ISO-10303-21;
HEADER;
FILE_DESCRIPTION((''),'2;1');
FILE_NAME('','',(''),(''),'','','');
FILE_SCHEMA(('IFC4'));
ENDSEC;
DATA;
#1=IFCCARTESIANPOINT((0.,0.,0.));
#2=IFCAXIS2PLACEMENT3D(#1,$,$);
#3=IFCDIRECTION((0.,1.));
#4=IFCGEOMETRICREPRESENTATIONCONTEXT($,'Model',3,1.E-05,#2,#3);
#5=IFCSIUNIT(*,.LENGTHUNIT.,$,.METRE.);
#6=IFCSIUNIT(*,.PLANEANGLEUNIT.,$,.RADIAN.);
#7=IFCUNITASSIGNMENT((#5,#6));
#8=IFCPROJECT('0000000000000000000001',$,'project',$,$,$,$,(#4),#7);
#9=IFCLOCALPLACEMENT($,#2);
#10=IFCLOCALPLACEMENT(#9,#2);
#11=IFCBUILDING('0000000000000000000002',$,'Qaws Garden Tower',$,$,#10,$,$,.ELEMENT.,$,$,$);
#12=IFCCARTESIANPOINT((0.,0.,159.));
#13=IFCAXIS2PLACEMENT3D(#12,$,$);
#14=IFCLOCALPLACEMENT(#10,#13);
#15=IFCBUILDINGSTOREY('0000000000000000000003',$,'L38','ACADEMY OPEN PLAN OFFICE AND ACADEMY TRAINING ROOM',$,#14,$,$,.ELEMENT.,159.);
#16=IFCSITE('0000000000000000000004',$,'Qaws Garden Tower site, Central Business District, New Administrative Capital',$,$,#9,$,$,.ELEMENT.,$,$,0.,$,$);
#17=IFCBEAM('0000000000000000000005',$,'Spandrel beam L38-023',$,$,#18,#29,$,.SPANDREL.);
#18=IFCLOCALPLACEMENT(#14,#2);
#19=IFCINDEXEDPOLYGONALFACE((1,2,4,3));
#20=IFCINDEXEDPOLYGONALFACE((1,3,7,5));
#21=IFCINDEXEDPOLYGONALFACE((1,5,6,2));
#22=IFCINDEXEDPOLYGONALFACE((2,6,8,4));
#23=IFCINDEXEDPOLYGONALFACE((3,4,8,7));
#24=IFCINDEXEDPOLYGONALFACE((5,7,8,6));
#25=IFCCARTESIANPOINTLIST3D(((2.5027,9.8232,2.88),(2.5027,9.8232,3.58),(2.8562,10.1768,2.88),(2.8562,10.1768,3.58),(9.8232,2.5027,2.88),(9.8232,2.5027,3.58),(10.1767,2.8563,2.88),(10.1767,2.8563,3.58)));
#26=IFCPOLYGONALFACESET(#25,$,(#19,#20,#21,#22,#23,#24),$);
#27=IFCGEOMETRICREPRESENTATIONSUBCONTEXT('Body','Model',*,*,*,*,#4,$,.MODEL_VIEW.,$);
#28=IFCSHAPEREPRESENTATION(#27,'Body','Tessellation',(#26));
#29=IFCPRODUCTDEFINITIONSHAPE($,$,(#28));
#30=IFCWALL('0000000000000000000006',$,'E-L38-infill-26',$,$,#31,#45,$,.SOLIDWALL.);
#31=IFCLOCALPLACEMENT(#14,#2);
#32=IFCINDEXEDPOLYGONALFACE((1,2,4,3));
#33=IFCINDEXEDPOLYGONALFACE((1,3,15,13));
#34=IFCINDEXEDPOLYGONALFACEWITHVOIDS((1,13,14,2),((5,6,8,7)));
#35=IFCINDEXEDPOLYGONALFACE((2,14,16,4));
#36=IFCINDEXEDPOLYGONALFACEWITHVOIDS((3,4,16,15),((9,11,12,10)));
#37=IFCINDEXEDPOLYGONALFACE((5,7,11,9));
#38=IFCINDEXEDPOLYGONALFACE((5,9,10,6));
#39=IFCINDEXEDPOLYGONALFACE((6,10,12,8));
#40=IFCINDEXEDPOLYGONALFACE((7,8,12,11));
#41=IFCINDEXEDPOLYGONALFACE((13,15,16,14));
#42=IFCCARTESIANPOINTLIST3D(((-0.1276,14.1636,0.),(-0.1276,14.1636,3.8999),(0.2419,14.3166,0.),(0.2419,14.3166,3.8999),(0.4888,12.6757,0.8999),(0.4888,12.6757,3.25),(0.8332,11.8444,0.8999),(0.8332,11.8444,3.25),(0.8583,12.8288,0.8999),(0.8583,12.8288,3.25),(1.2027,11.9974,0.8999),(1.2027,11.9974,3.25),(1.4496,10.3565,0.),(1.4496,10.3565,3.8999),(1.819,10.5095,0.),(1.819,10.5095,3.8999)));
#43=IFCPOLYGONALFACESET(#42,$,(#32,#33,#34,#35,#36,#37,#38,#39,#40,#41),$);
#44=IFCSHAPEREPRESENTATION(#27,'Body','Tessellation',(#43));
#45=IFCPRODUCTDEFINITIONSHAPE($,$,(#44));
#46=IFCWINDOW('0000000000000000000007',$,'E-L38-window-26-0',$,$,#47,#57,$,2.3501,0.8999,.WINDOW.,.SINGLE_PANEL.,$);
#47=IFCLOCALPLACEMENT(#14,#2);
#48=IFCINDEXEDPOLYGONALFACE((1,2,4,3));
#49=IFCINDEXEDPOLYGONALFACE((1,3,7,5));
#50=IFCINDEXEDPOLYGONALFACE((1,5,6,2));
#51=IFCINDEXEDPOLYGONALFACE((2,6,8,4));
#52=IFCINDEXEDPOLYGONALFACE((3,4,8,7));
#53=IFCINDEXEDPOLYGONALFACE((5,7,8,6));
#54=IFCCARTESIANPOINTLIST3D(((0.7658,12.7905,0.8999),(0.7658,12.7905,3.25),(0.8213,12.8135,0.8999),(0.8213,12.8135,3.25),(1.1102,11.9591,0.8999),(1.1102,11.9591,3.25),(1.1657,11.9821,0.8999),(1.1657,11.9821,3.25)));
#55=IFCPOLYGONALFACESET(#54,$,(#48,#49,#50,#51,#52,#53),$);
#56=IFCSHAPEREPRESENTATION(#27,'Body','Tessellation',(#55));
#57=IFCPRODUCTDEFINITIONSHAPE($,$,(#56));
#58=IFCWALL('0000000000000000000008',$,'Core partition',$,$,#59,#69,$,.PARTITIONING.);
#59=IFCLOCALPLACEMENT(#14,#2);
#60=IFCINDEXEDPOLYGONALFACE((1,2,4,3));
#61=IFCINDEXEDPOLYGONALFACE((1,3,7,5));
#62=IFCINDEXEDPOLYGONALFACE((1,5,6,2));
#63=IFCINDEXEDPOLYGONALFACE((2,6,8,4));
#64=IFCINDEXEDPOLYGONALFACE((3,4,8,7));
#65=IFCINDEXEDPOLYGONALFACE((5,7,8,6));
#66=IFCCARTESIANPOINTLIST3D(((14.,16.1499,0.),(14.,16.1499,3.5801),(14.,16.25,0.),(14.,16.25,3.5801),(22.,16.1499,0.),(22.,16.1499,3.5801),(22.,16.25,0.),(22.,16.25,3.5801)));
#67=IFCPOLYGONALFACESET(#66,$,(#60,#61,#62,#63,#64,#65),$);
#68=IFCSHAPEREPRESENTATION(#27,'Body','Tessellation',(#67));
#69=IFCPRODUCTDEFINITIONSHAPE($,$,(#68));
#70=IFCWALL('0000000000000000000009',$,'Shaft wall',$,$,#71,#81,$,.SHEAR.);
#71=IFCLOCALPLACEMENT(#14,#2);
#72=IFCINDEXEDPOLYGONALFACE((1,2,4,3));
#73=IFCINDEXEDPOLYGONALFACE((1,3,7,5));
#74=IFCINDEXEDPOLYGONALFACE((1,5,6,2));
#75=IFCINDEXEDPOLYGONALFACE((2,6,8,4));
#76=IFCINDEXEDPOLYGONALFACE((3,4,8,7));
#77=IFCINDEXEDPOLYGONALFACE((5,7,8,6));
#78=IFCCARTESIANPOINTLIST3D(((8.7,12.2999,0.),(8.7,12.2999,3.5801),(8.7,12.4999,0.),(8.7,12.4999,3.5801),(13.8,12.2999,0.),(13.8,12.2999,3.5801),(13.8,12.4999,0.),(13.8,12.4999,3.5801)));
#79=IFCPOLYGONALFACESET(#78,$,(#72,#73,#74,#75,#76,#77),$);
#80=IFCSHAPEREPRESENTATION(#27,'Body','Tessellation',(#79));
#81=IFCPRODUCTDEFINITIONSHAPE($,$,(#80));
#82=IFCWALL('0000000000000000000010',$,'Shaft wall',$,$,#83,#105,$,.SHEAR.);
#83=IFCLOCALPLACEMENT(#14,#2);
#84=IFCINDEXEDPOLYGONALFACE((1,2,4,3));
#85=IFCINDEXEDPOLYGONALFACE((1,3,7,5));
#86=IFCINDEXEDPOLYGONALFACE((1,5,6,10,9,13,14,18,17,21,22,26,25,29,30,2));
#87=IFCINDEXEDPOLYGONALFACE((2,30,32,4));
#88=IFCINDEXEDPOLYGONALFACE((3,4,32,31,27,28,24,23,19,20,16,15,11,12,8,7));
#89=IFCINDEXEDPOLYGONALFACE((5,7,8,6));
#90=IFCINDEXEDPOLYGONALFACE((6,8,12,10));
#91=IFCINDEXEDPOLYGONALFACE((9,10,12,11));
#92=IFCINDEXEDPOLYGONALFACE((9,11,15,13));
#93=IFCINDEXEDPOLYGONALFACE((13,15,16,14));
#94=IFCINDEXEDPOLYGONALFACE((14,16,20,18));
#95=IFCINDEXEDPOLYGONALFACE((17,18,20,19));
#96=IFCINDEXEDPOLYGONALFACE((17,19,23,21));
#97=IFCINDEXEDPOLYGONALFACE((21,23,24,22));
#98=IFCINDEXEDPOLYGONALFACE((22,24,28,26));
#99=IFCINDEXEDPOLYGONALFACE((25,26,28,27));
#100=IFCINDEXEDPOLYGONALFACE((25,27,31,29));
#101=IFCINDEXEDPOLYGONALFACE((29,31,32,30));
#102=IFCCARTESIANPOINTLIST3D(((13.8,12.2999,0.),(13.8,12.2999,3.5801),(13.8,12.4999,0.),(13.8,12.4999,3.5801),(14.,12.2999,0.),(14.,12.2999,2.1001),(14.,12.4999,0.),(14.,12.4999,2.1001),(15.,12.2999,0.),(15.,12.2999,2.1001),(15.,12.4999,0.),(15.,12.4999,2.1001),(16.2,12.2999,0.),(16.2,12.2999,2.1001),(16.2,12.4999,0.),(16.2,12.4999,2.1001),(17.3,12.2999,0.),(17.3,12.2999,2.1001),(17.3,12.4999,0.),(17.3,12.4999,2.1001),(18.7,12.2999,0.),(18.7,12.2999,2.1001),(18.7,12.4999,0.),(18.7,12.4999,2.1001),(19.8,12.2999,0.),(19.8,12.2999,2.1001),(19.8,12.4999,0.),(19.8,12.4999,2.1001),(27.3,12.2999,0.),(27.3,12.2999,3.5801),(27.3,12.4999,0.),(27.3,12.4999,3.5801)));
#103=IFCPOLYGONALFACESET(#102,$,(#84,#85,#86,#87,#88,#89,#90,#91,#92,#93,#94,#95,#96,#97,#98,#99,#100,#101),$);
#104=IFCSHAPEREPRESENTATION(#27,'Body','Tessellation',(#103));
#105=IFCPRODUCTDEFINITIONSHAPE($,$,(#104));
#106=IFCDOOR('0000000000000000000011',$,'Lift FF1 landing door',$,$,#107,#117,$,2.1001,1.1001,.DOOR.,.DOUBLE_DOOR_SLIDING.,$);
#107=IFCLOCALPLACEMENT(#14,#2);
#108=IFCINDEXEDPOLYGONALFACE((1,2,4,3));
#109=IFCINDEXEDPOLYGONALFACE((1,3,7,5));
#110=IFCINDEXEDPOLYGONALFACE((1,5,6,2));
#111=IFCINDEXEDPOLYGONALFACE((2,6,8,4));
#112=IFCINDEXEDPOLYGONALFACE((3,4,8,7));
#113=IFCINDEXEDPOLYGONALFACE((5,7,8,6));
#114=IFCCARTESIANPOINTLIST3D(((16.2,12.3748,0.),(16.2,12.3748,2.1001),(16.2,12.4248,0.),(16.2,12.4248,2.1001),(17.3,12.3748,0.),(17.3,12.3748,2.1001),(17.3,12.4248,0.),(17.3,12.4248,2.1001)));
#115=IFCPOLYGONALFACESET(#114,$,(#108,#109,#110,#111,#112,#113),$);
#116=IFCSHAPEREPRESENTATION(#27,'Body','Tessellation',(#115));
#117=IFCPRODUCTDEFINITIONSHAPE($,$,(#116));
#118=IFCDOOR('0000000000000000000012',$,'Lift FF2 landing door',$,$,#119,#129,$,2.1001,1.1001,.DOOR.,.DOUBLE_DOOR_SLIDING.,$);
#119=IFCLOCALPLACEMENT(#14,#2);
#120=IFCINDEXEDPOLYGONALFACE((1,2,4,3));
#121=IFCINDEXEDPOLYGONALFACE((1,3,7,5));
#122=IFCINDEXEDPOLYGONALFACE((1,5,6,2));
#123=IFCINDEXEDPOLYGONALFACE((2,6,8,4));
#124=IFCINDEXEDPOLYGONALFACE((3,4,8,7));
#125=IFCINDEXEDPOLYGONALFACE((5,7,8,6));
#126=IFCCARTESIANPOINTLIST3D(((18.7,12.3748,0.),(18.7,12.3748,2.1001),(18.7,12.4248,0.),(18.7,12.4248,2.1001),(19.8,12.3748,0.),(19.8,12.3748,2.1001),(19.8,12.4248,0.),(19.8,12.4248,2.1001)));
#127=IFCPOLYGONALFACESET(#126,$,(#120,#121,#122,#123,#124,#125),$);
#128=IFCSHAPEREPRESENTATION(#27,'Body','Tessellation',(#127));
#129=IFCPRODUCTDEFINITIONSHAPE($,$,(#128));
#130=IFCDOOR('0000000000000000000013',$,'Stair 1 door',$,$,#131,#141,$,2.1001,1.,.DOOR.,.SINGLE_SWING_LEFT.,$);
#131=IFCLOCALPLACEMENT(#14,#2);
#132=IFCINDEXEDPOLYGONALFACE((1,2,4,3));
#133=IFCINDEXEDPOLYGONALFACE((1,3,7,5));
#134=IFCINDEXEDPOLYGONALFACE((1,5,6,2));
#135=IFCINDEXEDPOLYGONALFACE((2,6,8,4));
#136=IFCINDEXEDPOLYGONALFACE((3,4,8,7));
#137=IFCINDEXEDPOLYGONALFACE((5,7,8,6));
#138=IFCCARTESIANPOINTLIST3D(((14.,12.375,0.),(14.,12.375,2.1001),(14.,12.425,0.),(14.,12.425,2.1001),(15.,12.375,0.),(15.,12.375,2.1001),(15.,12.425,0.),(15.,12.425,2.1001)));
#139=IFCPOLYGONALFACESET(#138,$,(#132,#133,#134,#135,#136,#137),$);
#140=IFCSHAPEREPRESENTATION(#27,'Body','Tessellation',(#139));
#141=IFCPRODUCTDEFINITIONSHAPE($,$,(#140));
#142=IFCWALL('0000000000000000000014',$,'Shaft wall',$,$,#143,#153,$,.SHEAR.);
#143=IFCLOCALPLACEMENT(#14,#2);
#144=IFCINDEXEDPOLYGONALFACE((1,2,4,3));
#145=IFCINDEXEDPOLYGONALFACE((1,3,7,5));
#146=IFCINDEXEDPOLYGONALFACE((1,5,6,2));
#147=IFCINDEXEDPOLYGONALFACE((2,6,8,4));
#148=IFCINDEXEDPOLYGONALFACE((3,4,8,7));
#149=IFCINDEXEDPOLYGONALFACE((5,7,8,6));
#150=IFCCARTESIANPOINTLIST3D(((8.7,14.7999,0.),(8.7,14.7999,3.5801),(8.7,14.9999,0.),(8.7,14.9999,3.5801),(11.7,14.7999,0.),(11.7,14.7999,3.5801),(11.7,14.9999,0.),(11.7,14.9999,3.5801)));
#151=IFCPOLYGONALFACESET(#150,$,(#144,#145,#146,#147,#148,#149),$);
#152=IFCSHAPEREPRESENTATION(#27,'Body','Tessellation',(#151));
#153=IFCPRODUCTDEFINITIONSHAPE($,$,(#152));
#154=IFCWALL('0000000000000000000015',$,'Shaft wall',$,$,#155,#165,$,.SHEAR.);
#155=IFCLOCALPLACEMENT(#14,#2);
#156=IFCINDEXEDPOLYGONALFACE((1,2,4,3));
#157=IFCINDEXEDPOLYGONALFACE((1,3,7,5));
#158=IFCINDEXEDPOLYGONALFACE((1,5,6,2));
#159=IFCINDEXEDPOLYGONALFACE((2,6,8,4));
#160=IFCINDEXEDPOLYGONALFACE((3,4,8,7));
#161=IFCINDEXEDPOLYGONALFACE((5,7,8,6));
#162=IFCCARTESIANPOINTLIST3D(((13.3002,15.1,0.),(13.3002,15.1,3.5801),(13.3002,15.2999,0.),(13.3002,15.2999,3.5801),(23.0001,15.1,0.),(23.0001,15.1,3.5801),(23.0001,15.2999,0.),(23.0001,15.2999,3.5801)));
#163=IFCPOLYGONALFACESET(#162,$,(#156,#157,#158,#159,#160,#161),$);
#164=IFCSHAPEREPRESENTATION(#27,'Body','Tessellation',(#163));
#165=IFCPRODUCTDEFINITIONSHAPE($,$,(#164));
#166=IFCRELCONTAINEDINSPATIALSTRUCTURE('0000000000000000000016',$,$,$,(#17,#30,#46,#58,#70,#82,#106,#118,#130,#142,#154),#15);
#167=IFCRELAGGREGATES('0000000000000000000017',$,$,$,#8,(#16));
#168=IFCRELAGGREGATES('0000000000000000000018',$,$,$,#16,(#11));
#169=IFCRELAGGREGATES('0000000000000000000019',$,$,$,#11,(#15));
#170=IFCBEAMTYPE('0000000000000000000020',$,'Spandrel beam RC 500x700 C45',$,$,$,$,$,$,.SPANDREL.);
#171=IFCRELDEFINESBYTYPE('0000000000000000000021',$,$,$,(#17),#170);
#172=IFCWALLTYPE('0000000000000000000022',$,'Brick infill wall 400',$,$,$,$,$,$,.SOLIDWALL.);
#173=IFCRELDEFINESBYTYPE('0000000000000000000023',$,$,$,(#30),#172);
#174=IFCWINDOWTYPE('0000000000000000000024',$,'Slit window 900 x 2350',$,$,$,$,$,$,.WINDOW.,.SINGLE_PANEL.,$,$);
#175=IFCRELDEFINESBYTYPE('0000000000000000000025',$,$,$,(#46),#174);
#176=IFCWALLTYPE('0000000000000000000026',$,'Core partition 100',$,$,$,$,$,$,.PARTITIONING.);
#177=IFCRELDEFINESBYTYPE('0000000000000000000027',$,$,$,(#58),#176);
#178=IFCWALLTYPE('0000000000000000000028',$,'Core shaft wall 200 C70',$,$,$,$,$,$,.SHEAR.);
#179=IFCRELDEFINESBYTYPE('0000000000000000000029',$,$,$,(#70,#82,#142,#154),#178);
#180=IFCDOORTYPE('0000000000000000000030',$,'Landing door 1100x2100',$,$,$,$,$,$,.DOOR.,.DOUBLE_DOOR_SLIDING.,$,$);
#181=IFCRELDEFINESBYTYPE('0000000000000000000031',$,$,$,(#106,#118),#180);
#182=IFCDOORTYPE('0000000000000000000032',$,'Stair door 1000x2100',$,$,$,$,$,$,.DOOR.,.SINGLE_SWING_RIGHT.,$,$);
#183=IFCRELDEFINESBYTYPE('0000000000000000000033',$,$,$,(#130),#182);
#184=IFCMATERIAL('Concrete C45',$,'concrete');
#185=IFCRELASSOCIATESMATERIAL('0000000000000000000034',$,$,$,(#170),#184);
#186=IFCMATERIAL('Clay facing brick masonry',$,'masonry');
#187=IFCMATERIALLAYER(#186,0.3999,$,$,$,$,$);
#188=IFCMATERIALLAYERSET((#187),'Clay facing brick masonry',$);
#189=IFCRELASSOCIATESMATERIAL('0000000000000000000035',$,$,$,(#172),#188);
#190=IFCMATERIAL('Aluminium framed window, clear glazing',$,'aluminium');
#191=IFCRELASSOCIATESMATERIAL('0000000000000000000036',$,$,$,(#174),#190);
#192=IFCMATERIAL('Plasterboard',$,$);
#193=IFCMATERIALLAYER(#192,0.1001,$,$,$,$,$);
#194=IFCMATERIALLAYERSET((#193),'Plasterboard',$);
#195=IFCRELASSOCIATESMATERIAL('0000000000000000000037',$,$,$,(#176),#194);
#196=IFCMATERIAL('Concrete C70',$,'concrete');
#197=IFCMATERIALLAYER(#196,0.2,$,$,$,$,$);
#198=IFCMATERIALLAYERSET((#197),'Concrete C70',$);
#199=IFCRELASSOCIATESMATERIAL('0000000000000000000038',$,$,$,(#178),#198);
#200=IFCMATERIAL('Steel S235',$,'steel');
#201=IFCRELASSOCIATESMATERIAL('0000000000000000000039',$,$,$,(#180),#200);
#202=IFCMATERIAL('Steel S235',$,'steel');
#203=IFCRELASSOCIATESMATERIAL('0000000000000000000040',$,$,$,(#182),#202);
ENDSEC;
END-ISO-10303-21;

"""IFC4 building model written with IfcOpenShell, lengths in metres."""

from ifc_helpers import new_model, si_unit, direction, frame, frame_2d, origin, origin_2d, place, context, subcontext, project, spatial, rectangle, extrude, material, layer, layer_set, material_profile, profile_set, type_object, element, fill, save


model = new_model("IFC4")

# Units and contexts
model_context = context("Model", 3, precision=1e-05, world=origin(), true_north=direction((0.0, 1.0)))
body_context = subcontext(model_context, "Body", "Model", "MODEL_VIEW")
ifc_project = project(units=[si_unit("LENGTHUNIT", "METRE"), si_unit("PLANEANGLEUNIT", "RADIAN")], contexts=[model_context])

# Site, building, storey
site_placement = place(None, origin())
site = spatial("IfcSite", under=ifc_project, at=site_placement, Name="Qaws Garden Tower site, Central Business District, New Administrative Capital", CompositionType="ELEMENT", RefElevation=0.0)
building_placement = place(site_placement, origin())
building = spatial("IfcBuilding", under=site, at=building_placement, Name="Qaws Garden Tower", CompositionType="ELEMENT")
storey_placement = place(building_placement, frame((0.0, 0.0, 159.0)))
storey = spatial("IfcBuildingStorey", under=building, at=storey_placement, Name="L38", Description="ACADEMY OPEN PLAN OFFICE AND ACADEMY TRAINING ROOM", CompositionType="ELEMENT", Elevation=159.0)

# Beam
ifc_material_1 = material(Name="Concrete C45", Category="concrete")
ifc_material_profile = material_profile(ifc_material_1, rectangle(XDim=0.5, YDim=0.7, at=origin_2d()), Name="RC 500x700")
ifc_profile_set = profile_set([ifc_material_profile], Name="Concrete C45")
beam_type = type_object("IfcBeamType", Name="Spandrel beam RC 500x700 C45", PredefinedType="SPANDREL", material=ifc_profile_set)
beam_placement = place(storey_placement, frame((2.6794, 10.0, 3.23), z_axis=(0.707107, -0.707107, 0.0), x_axis=(0.707107, 0.707107, 0.0)))
element("IfcBeam", 1, at=beam_placement, inside=storey, type_object=beam_type, Name="Spandrel beam L38-023", PredefinedType="SPANDREL", context=body_context, shape_type="SweptSolid", body=[
    extrude(rectangle(XDim=0.5, YDim=0.7, at=origin_2d()), origin(), (0.0, 0.0, 1.0), 10.3528),
])

# Wall, opening, window
ifc_material_2 = material(Name="Clay facing brick masonry", Category="masonry")
ifc_layer_1 = layer(ifc_material_2, 0.3999)
ifc_layer_set_1 = layer_set([ifc_layer_1], Name="Clay facing brick masonry")
wall_type_1 = type_object("IfcWallType", Name="Brick infill wall 400", PredefinedType="SOLIDWALL", material=ifc_layer_set_1)
wall_1_placement = place(storey_placement, frame((0.0571, 14.2402, 0.0), z_axis=(0.0, 0.0, 1.0), x_axis=(0.382722, -0.923864, 0.0)))
wall_1 = element("IfcWall", 2, at=wall_1_placement, inside=storey, type_object=wall_type_1, Name="E-L38-infill-26", PredefinedType="SOLIDWALL", context=body_context, shape_type="SweptSolid", body=[
    extrude(rectangle(XDim=4.1208, YDim=0.3999, at=frame_2d((2.0605, 0.0))), origin(), (0.0, 0.0, 1.0), 3.8999),
])
opening_1_placement = place(wall_1_placement, frame((1.6106, 0.0, 0.8999)))
opening_1 = element("IfcOpeningElement", 3, at=opening_1_placement, cuts=wall_1, PredefinedType="OPENING", context=body_context, shape_type="SweptSolid", body=[
    extrude(rectangle(XDim=0.8999, YDim=2.3501, at=frame_2d((0.45, 1.175))), frame((0.0, 0.21, 0.0), z_axis=(0.0, -1.0, 0.0), x_axis=(1.0, 0.0, 0.0)), (0.0, 0.0, 1.0), 0.4199),
])
ifc_material_3 = material(Name="Aluminium framed window, clear glazing", Category="aluminium")
window_type = type_object("IfcWindowType", Name="Slit window 900 x 2350", PartitioningType="SINGLE_PANEL", PredefinedType="WINDOW", material=ifc_material_3)
window_placement = place(opening_1_placement, origin())
window = element("IfcWindow", 4, at=window_placement, inside=storey, type_object=window_type, Name="E-L38-window-26-0", OverallHeight=2.3501, OverallWidth=0.8999, PartitioningType="SINGLE_PANEL", PredefinedType="WINDOW", context=body_context, shape_type="SweptSolid", body=[
    extrude(rectangle(XDim=0.8999, YDim=2.3501, at=frame_2d((0.45, 1.175))), frame((0.0, 0.1599, 0.0), z_axis=(0.0, -1.0, 0.0), x_axis=(1.0, 0.0, 0.0)), (0.0, 0.0, 1.0), 0.0601),
])
fill(opening_1, window)

# Walls
ifc_material_4 = material(Name="Plasterboard")
ifc_layer_2 = layer(ifc_material_4, 0.1001)
ifc_layer_set_2 = layer_set([ifc_layer_2], Name="Plasterboard")
wall_type_2 = type_object("IfcWallType", Name="Core partition 100", PredefinedType="PARTITIONING", material=ifc_layer_set_2)
wall_2_placement = place(storey_placement, frame((14.0, 16.2, 0.0), z_axis=(0.0, 0.0, 1.0), x_axis=(1.0, 0.0, 0.0)))
element("IfcWall", 5, at=wall_2_placement, inside=storey, type_object=wall_type_2, Name="Core partition", PredefinedType="PARTITIONING", context=body_context, shape_type="SweptSolid", body=[
    extrude(rectangle(XDim=8.0, YDim=0.1001, at=frame_2d((4.0, 0.0))), origin(), (0.0, 0.0, 1.0), 3.5801),
])
ifc_material_5 = material(Name="Concrete C70", Category="concrete")
ifc_layer_3 = layer(ifc_material_5, 0.2)
ifc_layer_set_3 = layer_set([ifc_layer_3], Name="Concrete C70")
wall_type_3 = type_object("IfcWallType", Name="Core shaft wall 200 C70", PredefinedType="SHEAR", material=ifc_layer_set_3)
wall_3_placement = place(storey_placement, frame((8.7, 12.3999, 0.0), z_axis=(0.0, 0.0, 1.0), x_axis=(1.0, 0.0, 0.0)))
element("IfcWall", 6, at=wall_3_placement, inside=storey, type_object=wall_type_3, Name="Shaft wall", PredefinedType="SHEAR", context=body_context, shape_type="SweptSolid", body=[
    extrude(rectangle(XDim=5.1001, YDim=0.2, at=frame_2d((2.55, 0.0))), origin(), (0.0, 0.0, 1.0), 3.5801),
])

# Wall, openings, doors
wall_4_placement = place(storey_placement, frame((13.8, 12.3999, 0.0), z_axis=(0.0, 0.0, 1.0), x_axis=(1.0, 0.0, 0.0)))
wall_4 = element("IfcWall", 7, at=wall_4_placement, inside=storey, type_object=wall_type_3, Name="Shaft wall", PredefinedType="SHEAR", context=body_context, shape_type="SweptSolid", body=[
    extrude(rectangle(XDim=13.5, YDim=0.2, at=frame_2d((6.75, 0.0))), origin(), (0.0, 0.0, 1.0), 3.5801),
])
opening_2_placement = place(wall_4_placement, frame((2.3999, 0.0, 0.0)))
opening_2 = element("IfcOpeningElement", 8, at=opening_2_placement, cuts=wall_4, PredefinedType="OPENING", context=body_context, shape_type="SweptSolid", body=[
    extrude(rectangle(XDim=1.1001, YDim=2.1001, at=frame_2d((0.55, 1.05))), frame((0.0, 0.1099, 0.0), z_axis=(0.0, -1.0, 0.0), x_axis=(1.0, 0.0, 0.0)), (0.0, 0.0, 1.0), 0.22),
])
opening_3_placement = place(wall_4_placement, frame((4.8999, 0.0, 0.0)))
opening_3 = element("IfcOpeningElement", 9, at=opening_3_placement, cuts=wall_4, PredefinedType="OPENING", context=body_context, shape_type="SweptSolid", body=[
    extrude(rectangle(XDim=1.1001, YDim=2.1001, at=frame_2d((0.55, 1.05))), frame((0.0, 0.1099, 0.0), z_axis=(0.0, -1.0, 0.0), x_axis=(1.0, 0.0, 0.0)), (0.0, 0.0, 1.0), 0.22),
])
opening_4_placement = place(wall_4_placement, frame((0.2, 0.0, 0.0)))
opening_4 = element("IfcOpeningElement", 10, at=opening_4_placement, cuts=wall_4, PredefinedType="OPENING", context=body_context, shape_type="SweptSolid", body=[
    extrude(rectangle(XDim=1.0, YDim=2.1001, at=frame_2d((0.5, 1.05))), frame((0.0, 0.1099, 0.0), z_axis=(0.0, -1.0, 0.0), x_axis=(1.0, 0.0, 0.0)), (0.0, 0.0, 1.0), 0.22),
])
ifc_material_6 = material(Name="Steel S235", Category="steel")
door_type_1 = type_object("IfcDoorType", Name="Landing door 1100x2100", OperationType="DOUBLE_DOOR_SLIDING", PredefinedType="DOOR", material=ifc_material_6)
door_1_placement = place(opening_2_placement, origin())
door_1 = element("IfcDoor", 11, at=door_1_placement, inside=storey, type_object=door_type_1, Name="Lift FF1 landing door", OperationType="DOUBLE_DOOR_SLIDING", OverallHeight=2.1001, OverallWidth=1.1001, PredefinedType="DOOR", context=body_context, shape_type="SweptSolid", body=[
    extrude(rectangle(XDim=1.1001, YDim=2.1001, at=frame_2d((0.55, 1.05))), frame((0.0, 0.0249, 0.0), z_axis=(0.0, -1.0, 0.0), x_axis=(1.0, 0.0, 0.0)), (0.0, 0.0, 1.0), 0.05),
])
fill(opening_2, door_1)
door_2_placement = place(opening_3_placement, origin())
door_2 = element("IfcDoor", 12, at=door_2_placement, inside=storey, type_object=door_type_1, Name="Lift FF2 landing door", OperationType="DOUBLE_DOOR_SLIDING", OverallHeight=2.1001, OverallWidth=1.1001, PredefinedType="DOOR", context=body_context, shape_type="SweptSolid", body=[
    extrude(rectangle(XDim=1.1001, YDim=2.1001, at=frame_2d((0.55, 1.05))), frame((0.0, 0.0249, 0.0), z_axis=(0.0, -1.0, 0.0), x_axis=(1.0, 0.0, 0.0)), (0.0, 0.0, 1.0), 0.05),
])
fill(opening_3, door_2)
ifc_material_7 = material(Name="Steel S235", Category="steel")
door_type_2 = type_object("IfcDoorType", Name="Stair door 1000x2100", OperationType="SINGLE_SWING_RIGHT", PredefinedType="DOOR", material=ifc_material_7)
door_3_placement = place(opening_4_placement, frame((1.0, 0.0, 0.0), z_axis=(0.0, 0.0, 1.0), x_axis=(-1.0, 0.0, 0.0)))
door_3 = element("IfcDoor", 13, at=door_3_placement, inside=storey, type_object=door_type_2, Name="Stair 1 door", OperationType="SINGLE_SWING_LEFT", OverallHeight=2.1001, OverallWidth=1.0, PredefinedType="DOOR", context=body_context, shape_type="SweptSolid", body=[
    extrude(rectangle(XDim=1.0, YDim=2.1001, at=frame_2d((0.5, 1.05))), frame((0.0, 0.0249, 0.0), z_axis=(0.0, -1.0, 0.0), x_axis=(1.0, 0.0, 0.0)), (0.0, 0.0, 1.0), 0.05),
])
fill(opening_4, door_3)

# Walls
wall_5_placement = place(storey_placement, frame((8.7, 14.8999, 0.0), z_axis=(0.0, 0.0, 1.0), x_axis=(1.0, 0.0, 0.0)))
element("IfcWall", 14, at=wall_5_placement, inside=storey, type_object=wall_type_3, Name="Shaft wall", PredefinedType="SHEAR", context=body_context, shape_type="SweptSolid", body=[
    extrude(rectangle(XDim=3.0, YDim=0.2, at=frame_2d((1.5, 0.0))), origin(), (0.0, 0.0, 1.0), 3.5801),
])
wall_6_placement = place(storey_placement, frame((13.3, 15.2, 0.0), z_axis=(0.0, 0.0, 1.0), x_axis=(1.0, 0.0, 0.0)))
element("IfcWall", 15, at=wall_6_placement, inside=storey, type_object=wall_type_3, Name="Shaft wall", PredefinedType="SHEAR", context=body_context, shape_type="SweptSolid", body=[
    extrude(rectangle(XDim=9.7, YDim=0.2, at=frame_2d((4.8501, 0.0))), origin(), (0.0, 0.0, 1.0), 3.5801),
])

save(model, "model.ifc")
